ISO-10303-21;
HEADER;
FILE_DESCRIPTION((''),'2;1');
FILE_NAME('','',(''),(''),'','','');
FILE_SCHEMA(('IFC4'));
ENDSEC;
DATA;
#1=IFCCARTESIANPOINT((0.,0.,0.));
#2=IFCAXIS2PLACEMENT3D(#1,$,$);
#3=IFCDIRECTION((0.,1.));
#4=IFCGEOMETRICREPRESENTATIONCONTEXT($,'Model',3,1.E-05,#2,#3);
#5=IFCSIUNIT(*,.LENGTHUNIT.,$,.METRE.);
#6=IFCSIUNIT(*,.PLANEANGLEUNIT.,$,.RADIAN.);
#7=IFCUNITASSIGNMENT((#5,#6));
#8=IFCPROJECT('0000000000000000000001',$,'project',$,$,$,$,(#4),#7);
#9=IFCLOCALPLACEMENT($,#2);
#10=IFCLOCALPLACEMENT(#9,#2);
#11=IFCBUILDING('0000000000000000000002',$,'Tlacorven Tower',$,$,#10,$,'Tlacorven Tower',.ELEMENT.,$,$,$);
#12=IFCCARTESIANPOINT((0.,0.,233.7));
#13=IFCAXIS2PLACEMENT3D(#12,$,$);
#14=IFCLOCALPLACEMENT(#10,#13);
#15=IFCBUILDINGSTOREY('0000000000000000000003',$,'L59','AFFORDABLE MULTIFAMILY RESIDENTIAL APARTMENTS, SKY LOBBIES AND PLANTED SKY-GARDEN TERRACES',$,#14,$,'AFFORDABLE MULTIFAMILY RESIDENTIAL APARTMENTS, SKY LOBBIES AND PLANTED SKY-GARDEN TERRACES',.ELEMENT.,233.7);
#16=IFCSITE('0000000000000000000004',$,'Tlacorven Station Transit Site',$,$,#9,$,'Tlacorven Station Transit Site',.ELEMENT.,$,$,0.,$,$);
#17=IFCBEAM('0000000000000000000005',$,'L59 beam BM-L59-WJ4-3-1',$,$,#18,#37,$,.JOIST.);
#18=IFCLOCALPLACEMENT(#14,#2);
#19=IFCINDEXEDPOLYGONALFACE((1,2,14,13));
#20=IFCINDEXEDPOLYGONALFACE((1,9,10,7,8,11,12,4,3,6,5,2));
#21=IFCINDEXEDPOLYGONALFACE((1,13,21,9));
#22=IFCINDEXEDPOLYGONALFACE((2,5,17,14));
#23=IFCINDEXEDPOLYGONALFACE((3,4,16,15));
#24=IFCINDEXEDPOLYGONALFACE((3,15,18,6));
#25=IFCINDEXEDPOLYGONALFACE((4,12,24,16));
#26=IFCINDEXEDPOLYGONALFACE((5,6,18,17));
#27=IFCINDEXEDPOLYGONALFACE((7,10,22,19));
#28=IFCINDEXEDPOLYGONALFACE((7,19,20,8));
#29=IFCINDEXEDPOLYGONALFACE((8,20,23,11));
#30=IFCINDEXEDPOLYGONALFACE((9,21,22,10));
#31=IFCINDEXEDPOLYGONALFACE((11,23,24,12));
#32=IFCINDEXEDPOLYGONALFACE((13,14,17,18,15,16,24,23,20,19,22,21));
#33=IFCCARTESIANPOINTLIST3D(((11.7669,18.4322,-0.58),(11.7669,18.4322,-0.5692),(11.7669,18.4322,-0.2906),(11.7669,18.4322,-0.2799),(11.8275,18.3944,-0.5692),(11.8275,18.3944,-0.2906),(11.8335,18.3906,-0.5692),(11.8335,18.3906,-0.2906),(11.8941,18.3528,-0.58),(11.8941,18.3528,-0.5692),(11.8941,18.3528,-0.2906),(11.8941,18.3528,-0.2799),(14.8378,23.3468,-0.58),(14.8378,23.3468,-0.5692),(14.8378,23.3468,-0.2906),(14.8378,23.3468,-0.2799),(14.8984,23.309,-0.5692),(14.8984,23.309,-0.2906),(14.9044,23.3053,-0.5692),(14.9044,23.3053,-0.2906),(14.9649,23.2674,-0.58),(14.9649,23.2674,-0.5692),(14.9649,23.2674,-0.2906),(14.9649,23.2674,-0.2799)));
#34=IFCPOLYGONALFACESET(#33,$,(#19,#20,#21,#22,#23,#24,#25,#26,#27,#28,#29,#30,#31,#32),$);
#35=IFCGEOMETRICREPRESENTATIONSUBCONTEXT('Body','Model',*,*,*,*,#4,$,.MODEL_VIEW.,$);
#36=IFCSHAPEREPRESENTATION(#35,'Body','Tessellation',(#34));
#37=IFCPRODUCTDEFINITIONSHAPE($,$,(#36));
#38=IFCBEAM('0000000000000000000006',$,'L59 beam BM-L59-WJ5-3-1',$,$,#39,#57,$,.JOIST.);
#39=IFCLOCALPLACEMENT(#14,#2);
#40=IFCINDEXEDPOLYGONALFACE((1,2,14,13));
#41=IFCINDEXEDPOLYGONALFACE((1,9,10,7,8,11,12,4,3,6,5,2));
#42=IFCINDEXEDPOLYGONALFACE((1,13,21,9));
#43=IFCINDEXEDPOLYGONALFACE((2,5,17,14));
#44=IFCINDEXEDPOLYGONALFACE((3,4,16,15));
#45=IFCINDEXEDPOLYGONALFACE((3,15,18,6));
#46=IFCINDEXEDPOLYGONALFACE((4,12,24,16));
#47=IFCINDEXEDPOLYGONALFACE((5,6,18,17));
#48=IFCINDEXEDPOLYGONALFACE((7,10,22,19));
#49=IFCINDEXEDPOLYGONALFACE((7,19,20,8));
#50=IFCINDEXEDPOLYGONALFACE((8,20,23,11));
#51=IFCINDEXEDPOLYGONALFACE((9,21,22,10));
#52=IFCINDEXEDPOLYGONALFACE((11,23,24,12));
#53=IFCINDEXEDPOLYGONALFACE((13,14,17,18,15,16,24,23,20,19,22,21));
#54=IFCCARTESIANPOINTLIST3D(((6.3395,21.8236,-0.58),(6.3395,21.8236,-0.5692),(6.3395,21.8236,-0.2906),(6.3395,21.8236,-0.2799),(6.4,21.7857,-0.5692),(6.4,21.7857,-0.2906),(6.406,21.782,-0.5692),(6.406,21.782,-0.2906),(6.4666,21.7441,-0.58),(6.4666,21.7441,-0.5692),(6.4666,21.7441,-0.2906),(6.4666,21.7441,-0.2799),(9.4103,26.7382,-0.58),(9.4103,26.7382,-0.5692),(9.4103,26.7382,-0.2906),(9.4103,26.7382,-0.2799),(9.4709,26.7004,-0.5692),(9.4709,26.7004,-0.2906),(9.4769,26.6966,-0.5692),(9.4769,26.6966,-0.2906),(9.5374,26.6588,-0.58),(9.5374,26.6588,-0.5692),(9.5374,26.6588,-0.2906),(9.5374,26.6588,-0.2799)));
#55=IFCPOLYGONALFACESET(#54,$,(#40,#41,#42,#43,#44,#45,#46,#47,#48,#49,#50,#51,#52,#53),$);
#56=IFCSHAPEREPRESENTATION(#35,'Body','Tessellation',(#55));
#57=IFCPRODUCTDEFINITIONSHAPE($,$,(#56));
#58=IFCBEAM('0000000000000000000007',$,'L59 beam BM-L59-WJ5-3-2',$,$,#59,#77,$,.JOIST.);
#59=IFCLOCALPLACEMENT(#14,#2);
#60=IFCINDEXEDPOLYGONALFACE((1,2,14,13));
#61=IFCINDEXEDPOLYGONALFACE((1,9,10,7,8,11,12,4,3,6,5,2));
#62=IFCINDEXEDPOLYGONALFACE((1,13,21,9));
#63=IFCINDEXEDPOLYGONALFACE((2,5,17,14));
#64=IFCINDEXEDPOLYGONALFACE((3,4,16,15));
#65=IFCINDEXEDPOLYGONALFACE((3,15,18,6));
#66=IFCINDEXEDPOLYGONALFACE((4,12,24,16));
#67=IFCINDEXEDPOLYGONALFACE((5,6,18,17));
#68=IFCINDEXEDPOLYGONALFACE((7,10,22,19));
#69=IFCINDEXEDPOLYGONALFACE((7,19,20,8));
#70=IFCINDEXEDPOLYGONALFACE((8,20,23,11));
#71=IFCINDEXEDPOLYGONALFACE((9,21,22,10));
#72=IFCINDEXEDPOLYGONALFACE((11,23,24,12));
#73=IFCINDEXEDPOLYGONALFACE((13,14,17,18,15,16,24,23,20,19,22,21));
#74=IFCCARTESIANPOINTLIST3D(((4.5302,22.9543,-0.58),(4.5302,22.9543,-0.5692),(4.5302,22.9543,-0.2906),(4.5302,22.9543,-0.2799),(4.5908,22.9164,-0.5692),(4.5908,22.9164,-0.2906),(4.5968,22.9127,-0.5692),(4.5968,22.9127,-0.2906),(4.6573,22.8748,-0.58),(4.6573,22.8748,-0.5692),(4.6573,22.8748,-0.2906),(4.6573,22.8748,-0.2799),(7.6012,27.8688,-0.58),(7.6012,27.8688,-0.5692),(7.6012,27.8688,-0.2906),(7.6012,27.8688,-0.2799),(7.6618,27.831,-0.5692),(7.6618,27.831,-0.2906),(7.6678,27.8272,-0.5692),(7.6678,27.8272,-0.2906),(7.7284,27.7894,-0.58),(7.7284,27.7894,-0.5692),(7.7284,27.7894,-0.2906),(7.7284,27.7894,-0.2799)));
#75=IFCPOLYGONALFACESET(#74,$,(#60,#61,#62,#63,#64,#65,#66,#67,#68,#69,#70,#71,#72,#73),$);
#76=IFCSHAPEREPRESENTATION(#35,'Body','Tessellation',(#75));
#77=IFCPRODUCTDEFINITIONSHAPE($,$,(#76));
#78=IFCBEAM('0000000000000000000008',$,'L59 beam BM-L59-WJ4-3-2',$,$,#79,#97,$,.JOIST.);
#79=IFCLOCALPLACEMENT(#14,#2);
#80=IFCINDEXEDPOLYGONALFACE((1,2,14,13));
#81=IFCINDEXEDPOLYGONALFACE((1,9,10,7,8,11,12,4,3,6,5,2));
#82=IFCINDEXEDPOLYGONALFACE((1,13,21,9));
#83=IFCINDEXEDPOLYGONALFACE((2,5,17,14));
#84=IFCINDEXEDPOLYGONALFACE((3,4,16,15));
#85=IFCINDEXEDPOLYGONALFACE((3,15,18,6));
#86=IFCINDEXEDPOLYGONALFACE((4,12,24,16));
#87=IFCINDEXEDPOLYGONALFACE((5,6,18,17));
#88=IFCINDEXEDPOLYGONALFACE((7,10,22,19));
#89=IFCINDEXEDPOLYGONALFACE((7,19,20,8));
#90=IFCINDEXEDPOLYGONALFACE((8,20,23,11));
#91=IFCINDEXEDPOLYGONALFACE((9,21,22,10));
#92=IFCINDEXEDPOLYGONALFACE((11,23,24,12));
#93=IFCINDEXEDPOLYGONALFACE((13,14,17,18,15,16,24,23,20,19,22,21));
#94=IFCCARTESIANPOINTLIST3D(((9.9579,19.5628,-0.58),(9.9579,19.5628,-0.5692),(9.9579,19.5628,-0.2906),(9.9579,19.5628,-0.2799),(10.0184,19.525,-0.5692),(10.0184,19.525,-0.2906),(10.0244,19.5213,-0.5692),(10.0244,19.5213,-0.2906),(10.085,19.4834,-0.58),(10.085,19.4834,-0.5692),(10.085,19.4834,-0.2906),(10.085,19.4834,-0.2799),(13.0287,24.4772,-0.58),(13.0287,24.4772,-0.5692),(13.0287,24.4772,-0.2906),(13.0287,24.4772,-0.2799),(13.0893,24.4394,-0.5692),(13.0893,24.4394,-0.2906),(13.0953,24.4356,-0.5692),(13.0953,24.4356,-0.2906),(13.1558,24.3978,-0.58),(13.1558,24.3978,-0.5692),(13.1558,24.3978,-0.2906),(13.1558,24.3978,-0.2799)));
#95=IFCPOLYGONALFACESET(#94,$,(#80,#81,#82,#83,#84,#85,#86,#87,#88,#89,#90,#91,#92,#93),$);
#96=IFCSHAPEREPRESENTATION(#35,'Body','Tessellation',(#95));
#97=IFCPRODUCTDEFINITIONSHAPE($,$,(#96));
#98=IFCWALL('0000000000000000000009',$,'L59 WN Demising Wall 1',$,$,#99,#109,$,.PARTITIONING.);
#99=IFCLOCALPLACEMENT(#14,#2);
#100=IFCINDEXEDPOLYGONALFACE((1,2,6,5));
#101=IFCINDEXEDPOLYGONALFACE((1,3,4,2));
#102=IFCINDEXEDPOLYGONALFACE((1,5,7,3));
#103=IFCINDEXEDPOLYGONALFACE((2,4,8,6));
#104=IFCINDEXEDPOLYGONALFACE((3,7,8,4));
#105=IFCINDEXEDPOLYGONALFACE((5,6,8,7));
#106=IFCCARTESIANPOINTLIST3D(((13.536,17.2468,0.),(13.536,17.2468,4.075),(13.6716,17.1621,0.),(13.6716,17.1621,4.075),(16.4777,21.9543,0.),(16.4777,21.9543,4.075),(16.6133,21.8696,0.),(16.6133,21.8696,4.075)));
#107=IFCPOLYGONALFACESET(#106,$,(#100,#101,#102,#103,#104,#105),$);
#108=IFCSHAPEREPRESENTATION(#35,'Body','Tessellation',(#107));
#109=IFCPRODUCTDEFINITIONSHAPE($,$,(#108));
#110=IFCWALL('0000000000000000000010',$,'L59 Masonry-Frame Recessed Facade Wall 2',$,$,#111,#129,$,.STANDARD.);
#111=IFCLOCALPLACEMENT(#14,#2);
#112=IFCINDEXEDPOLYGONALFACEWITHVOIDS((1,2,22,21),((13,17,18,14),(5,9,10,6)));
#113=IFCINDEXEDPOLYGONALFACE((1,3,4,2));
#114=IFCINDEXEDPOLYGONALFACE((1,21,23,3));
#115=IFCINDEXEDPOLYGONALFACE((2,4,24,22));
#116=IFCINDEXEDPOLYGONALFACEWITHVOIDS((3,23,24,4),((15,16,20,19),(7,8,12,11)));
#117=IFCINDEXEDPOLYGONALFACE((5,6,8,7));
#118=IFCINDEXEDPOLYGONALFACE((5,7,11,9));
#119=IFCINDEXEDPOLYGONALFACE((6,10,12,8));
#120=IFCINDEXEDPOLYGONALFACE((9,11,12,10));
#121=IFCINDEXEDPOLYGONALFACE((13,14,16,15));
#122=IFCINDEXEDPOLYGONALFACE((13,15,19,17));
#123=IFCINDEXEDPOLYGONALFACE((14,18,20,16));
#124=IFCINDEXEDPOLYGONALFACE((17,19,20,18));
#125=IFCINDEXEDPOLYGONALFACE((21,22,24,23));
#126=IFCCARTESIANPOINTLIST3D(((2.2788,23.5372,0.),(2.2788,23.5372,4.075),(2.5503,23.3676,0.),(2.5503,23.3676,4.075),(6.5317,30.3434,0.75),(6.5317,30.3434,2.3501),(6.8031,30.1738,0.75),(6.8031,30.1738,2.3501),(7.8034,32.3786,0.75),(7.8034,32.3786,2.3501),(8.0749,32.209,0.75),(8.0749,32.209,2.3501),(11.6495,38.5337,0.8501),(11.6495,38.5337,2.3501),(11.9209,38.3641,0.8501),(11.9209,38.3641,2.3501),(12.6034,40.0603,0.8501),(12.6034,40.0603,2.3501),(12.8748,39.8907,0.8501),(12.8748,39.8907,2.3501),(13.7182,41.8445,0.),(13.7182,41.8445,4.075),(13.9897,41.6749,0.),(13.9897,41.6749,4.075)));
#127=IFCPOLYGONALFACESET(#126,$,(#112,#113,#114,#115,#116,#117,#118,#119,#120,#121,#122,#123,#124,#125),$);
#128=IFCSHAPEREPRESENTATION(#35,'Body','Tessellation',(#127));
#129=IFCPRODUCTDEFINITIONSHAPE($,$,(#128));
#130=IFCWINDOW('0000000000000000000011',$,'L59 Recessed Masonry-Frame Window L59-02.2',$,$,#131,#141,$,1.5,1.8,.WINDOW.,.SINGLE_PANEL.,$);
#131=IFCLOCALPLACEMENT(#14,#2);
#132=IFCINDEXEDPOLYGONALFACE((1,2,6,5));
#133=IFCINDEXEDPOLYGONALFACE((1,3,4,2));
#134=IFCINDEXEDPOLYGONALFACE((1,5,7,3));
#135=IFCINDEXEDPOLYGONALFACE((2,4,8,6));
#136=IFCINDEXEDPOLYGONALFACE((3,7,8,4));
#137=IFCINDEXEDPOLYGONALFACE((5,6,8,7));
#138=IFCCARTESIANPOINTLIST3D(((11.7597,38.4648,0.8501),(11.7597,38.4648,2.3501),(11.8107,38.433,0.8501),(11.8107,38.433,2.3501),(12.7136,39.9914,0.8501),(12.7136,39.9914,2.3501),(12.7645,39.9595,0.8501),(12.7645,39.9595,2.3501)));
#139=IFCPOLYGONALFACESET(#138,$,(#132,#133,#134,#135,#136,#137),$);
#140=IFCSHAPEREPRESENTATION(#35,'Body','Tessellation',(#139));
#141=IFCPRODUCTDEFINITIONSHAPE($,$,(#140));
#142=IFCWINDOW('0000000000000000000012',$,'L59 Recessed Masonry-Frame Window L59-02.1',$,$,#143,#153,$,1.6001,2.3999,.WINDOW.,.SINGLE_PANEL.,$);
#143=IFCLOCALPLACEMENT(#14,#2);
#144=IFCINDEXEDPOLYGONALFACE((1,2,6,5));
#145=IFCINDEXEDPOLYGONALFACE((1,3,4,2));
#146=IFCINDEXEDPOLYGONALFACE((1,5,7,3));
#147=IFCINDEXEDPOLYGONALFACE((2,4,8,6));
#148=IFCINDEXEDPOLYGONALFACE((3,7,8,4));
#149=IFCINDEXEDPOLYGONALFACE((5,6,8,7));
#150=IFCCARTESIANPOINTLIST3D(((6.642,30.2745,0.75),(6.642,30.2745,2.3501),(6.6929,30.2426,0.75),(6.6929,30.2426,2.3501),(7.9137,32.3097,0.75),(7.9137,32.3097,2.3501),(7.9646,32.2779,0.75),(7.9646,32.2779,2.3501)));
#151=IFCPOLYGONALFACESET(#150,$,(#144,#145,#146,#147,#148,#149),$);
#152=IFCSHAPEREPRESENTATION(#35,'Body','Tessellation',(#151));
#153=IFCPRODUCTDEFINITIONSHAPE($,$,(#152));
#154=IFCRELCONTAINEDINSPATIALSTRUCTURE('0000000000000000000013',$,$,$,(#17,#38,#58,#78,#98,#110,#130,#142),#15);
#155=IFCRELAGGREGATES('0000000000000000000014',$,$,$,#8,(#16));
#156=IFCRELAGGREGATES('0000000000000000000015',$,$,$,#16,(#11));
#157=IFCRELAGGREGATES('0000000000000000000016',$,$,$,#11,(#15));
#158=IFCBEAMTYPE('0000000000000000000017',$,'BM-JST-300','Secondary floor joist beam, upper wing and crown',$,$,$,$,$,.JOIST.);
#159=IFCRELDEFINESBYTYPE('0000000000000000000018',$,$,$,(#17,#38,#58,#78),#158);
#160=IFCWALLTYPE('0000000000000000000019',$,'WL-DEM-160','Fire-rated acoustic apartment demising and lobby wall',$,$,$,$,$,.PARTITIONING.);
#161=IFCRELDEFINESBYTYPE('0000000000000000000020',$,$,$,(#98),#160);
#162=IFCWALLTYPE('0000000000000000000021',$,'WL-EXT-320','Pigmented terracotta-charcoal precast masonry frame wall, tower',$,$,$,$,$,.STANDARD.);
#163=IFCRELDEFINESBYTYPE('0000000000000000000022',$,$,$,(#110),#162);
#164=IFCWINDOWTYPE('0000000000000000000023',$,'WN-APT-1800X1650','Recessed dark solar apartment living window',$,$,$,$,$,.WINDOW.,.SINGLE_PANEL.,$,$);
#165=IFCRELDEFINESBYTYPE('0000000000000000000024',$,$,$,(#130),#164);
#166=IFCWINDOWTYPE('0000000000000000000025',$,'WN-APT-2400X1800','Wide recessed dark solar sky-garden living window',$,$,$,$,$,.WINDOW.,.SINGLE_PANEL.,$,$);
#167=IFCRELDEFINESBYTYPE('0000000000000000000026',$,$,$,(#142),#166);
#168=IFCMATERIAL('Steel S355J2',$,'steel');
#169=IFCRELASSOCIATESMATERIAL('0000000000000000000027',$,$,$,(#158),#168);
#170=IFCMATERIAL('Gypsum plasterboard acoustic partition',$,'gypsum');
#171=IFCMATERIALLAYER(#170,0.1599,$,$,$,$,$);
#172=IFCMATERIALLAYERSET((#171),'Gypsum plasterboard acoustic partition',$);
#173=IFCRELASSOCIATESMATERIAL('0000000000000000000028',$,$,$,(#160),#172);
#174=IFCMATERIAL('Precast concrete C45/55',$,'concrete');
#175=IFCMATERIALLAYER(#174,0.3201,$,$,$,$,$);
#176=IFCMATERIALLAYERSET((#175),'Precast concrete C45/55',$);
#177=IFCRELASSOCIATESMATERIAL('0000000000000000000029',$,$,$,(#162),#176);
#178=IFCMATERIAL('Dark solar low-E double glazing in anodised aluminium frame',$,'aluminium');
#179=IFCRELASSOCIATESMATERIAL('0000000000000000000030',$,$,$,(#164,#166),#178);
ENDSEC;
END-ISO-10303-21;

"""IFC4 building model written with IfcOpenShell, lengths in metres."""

from ifc_helpers import new_model, si_unit, direction, frame, frame_2d, origin, origin_2d, place, context, subcontext, project, spatial, rectangle, i_section, extrude, source, transform, mapped, material, layer, layer_set, material_profile, profile_set, type_object, element, fill, save


model = new_model("IFC4")

# Units and contexts
model_context = context("Model", 3, precision=1e-05, world=origin(), true_north=direction((0.0, 1.0)))
body_context = subcontext(model_context, "Body", "Model", "MODEL_VIEW")
ifc_project = project(units=[si_unit("LENGTHUNIT", "METRE"), si_unit("PLANEANGLEUNIT", "RADIAN")], contexts=[model_context])

# Site, building, storey
site_placement = place(None, origin())
site = spatial("IfcSite", under=ifc_project, at=site_placement, Name="Tlacorven Station Transit Site", LongName="Tlacorven Station Transit Site", CompositionType="ELEMENT", RefElevation=0.0)
building_placement = place(site_placement, origin())
building = spatial("IfcBuilding", under=site, at=building_placement, Name="Tlacorven Tower", LongName="Tlacorven Tower", CompositionType="ELEMENT")
storey_placement = place(building_placement, frame((0.0, 0.0, 233.7)))
storey = spatial("IfcBuildingStorey", under=building, at=storey_placement, Name="L59", Description="AFFORDABLE MULTIFAMILY RESIDENTIAL APARTMENTS, SKY LOBBIES AND PLANTED SKY-GARDEN TERRACES", LongName="AFFORDABLE MULTIFAMILY RESIDENTIAL APARTMENTS, SKY LOBBIES AND PLANTED SKY-GARDEN TERRACES", CompositionType="ELEMENT", Elevation=233.7)

# Shared definitions
ifc_material_1 = material(Name="Steel S355J2", Category="steel")

# Beams
ifc_material_profile_1 = material_profile(ifc_material_1, i_section(OverallWidth=0.1499, OverallDepth=0.3, WebThickness=0.0071, FlangeThickness=0.0107, at=origin_2d()), Name="IPE 300")
ifc_profile_set_1 = profile_set([ifc_material_profile_1], Name="Steel S355J2")
beam_type_1 = type_object("IfcBeamType", Name="BM-JST-300", Description="Secondary floor joist beam, upper wing and crown", PredefinedType="JOIST", material=ifc_profile_set_1)
shared_shape_1 = source(origin(), body_context, "Body", "SweptSolid", [
    extrude(i_section(OverallWidth=0.1499, OverallDepth=0.3, WebThickness=0.0071, FlangeThickness=0.0107, at=origin_2d()), origin(), (0.0, 0.0, 1.0), 5.7952),
])
for number, where, z_axis, x_axis, name in (
    (1, (14.9014, 23.3071, -0.4299), (-0.5299, -0.84806, 0.0), (0.84806, -0.5299, 0.0), "L59 beam BM-L59-WJ4-3-1"),
    (2, (9.4739, 26.6985, -0.4299), (-0.5299, -0.84806, 0.0), (0.84806, -0.5299, 0.0), "L59 beam BM-L59-WJ5-3-1"),
    (3, (7.6648, 27.8291, -0.4299), (-0.529931, -0.848041, 0.0), (0.848041, -0.529931, 0.0), "L59 beam BM-L59-WJ5-3-2"),
):
    element("IfcBeam", number, at=place(storey_placement, frame(where, z_axis=z_axis, x_axis=x_axis)), inside=storey, type_object=beam_type_1, Name=name, PredefinedType="JOIST", context=body_context, shape_type="MappedRepresentation", body=[
        mapped(shared_shape_1, transform((0.0, 0.0, 0.0), scale=1.0)),
    ])
shared_shape_2 = source(origin(), body_context, "Body", "SweptSolid", [
    extrude(i_section(OverallWidth=0.1499, OverallDepth=0.3, WebThickness=0.0071, FlangeThickness=0.0107, at=origin_2d()), origin(), (0.0, 0.0, 1.0), 5.7949),
])
beam_1_placement = place(storey_placement, frame((13.0923, 24.4375, -0.4299), z_axis=(-0.529919, -0.848048, 0.0), x_axis=(0.848048, -0.529919, 0.0)))
element("IfcBeam", 4, at=beam_1_placement, inside=storey, type_object=beam_type_1, Name="L59 beam BM-L59-WJ4-3-2", PredefinedType="JOIST", context=body_context, shape_type="MappedRepresentation", body=[
    mapped(shared_shape_2, transform((0.0, 0.0, 0.0), scale=1.0)),
])

# Wall
ifc_material_2 = material(Name="Gypsum plasterboard acoustic partition", Category="gypsum")
ifc_layer_1 = layer(ifc_material_2, 0.1599)
ifc_layer_set_1 = layer_set([ifc_layer_1], Name="Gypsum plasterboard acoustic partition")
wall_type_1 = type_object("IfcWallType", Name="WL-DEM-160", Description="Fire-rated acoustic apartment demising and lobby wall", PredefinedType="PARTITIONING", material=ifc_layer_set_1)
wall_1_placement = place(storey_placement, frame((16.5454, 21.9119, 0.0), z_axis=(0.0, 0.0, 1.0), x_axis=(-0.529928, -0.848043, 0.0)))
element("IfcWall", 5, at=wall_1_placement, inside=storey, type_object=wall_type_1, Name="L59 WN Demising Wall 1", PredefinedType="PARTITIONING", context=body_context, shape_type="SweptSolid", body=[
    extrude(rectangle(XDim=5.551, YDim=0.1599, at=frame_2d((2.7754, 0.0))), origin(), (0.0, 0.0, 1.0), 4.075),
])

# Wall, openings, windows
ifc_material_3 = material(Name="Precast concrete C45/55", Category="concrete")
ifc_layer_2 = layer(ifc_material_3, 0.3201)
ifc_layer_set_2 = layer_set([ifc_layer_2], Name="Precast concrete C45/55")
wall_type_2 = type_object("IfcWallType", Name="WL-EXT-320", Description="Pigmented terracotta-charcoal precast masonry frame wall, tower", PredefinedType="STANDARD", material=ifc_layer_set_2)
wall_2_placement = place(storey_placement, frame((2.4146, 23.4524, 0.0), z_axis=(0.0, 0.0, 1.0), x_axis=(0.52991, 0.848054, 0.0)))
wall_2 = element("IfcWall", 6, at=wall_2_placement, inside=storey, type_object=wall_type_2, Name="L59 Masonry-Frame Recessed Facade Wall 2", PredefinedType="STANDARD", context=body_context, shape_type="SweptSolid", body=[
    extrude(rectangle(XDim=21.5874, YDim=0.3201, at=frame_2d((10.7937, 0.0))), origin(), (0.0, 0.0, 1.0), 4.075),
])
opening_1_placement = place(wall_2_placement, frame((8.0256, 0.0, 0.75)))
opening_1 = element("IfcOpeningElement", 7, at=opening_1_placement, cuts=wall_2, PredefinedType="OPENING", context=body_context, shape_type="SweptSolid", body=[
    extrude(rectangle(XDim=2.3999, YDim=1.6001, at=frame_2d((1.2, 0.8))), frame((0.0, 0.1699, 0.0), z_axis=(0.0, -1.0, 0.0), x_axis=(1.0, 0.0, 0.0)), (0.0, 0.0, 1.0), 0.3401),
])
opening_2_placement = place(wall_2_placement, frame((17.6836, 0.0, 0.8501)))
opening_2 = element("IfcOpeningElement", 8, at=opening_2_placement, cuts=wall_2, PredefinedType="OPENING", context=body_context, shape_type="SweptSolid", body=[
    extrude(rectangle(XDim=1.8, YDim=1.5, at=frame_2d((0.8999, 0.75))), frame((0.0, 0.1699, 0.0), z_axis=(0.0, -1.0, 0.0), x_axis=(1.0, 0.0, 0.0)), (0.0, 0.0, 1.0), 0.3401),
])
ifc_material_4 = material(Name="Dark solar low-E double glazing in anodised aluminium frame", Category="aluminium")
window_type_1 = type_object("IfcWindowType", Name="WN-APT-1800X1650", Description="Recessed dark solar apartment living window", PartitioningType="SINGLE_PANEL", PredefinedType="WINDOW", material=ifc_material_4)
shared_shape_3 = source(origin(), body_context, "Body", "SweptSolid", [
    extrude(rectangle(XDim=1.8, YDim=1.5, at=frame_2d((0.8999, 0.75))), frame((0.0, 0.03, 0.0), z_axis=(0.0, -1.0, 0.0), x_axis=(1.0, 0.0, 0.0)), (0.0, 0.0, 1.0), 0.0601),
])
window_1_placement = place(opening_2_placement, origin())
window_1 = element("IfcWindow", 9, at=window_1_placement, inside=storey, type_object=window_type_1, Name="L59 Recessed Masonry-Frame Window L59-02.2", OverallHeight=1.5, OverallWidth=1.8, PartitioningType="SINGLE_PANEL", PredefinedType="WINDOW", context=body_context, shape_type="MappedRepresentation", body=[
    mapped(shared_shape_3, transform((0.0, 0.0, 0.0), scale=1.0)),
])
fill(opening_2, window_1)
window_type_2 = type_object("IfcWindowType", Name="WN-APT-2400X1800", Description="Wide recessed dark solar sky-garden living window", PartitioningType="SINGLE_PANEL", PredefinedType="WINDOW", material=ifc_material_4)
shared_shape_4 = source(origin(), body_context, "Body", "SweptSolid", [
    extrude(rectangle(XDim=2.3999, YDim=1.6001, at=frame_2d((1.2, 0.8))), frame((0.0, 0.03, 0.0), z_axis=(0.0, -1.0, 0.0), x_axis=(1.0, 0.0, 0.0)), (0.0, 0.0, 1.0), 0.0601),
])
window_2_placement = place(opening_1_placement, origin())
window_2 = element("IfcWindow", 10, at=window_2_placement, inside=storey, type_object=window_type_2, Name="L59 Recessed Masonry-Frame Window L59-02.1", OverallHeight=1.6001, OverallWidth=2.3999, PartitioningType="SINGLE_PANEL", PredefinedType="WINDOW", context=body_context, shape_type="MappedRepresentation", body=[
    mapped(shared_shape_4, transform((0.0, 0.0, 0.0), scale=1.0)),
])
fill(opening_1, window_2)

save(model, "model.ifc")
